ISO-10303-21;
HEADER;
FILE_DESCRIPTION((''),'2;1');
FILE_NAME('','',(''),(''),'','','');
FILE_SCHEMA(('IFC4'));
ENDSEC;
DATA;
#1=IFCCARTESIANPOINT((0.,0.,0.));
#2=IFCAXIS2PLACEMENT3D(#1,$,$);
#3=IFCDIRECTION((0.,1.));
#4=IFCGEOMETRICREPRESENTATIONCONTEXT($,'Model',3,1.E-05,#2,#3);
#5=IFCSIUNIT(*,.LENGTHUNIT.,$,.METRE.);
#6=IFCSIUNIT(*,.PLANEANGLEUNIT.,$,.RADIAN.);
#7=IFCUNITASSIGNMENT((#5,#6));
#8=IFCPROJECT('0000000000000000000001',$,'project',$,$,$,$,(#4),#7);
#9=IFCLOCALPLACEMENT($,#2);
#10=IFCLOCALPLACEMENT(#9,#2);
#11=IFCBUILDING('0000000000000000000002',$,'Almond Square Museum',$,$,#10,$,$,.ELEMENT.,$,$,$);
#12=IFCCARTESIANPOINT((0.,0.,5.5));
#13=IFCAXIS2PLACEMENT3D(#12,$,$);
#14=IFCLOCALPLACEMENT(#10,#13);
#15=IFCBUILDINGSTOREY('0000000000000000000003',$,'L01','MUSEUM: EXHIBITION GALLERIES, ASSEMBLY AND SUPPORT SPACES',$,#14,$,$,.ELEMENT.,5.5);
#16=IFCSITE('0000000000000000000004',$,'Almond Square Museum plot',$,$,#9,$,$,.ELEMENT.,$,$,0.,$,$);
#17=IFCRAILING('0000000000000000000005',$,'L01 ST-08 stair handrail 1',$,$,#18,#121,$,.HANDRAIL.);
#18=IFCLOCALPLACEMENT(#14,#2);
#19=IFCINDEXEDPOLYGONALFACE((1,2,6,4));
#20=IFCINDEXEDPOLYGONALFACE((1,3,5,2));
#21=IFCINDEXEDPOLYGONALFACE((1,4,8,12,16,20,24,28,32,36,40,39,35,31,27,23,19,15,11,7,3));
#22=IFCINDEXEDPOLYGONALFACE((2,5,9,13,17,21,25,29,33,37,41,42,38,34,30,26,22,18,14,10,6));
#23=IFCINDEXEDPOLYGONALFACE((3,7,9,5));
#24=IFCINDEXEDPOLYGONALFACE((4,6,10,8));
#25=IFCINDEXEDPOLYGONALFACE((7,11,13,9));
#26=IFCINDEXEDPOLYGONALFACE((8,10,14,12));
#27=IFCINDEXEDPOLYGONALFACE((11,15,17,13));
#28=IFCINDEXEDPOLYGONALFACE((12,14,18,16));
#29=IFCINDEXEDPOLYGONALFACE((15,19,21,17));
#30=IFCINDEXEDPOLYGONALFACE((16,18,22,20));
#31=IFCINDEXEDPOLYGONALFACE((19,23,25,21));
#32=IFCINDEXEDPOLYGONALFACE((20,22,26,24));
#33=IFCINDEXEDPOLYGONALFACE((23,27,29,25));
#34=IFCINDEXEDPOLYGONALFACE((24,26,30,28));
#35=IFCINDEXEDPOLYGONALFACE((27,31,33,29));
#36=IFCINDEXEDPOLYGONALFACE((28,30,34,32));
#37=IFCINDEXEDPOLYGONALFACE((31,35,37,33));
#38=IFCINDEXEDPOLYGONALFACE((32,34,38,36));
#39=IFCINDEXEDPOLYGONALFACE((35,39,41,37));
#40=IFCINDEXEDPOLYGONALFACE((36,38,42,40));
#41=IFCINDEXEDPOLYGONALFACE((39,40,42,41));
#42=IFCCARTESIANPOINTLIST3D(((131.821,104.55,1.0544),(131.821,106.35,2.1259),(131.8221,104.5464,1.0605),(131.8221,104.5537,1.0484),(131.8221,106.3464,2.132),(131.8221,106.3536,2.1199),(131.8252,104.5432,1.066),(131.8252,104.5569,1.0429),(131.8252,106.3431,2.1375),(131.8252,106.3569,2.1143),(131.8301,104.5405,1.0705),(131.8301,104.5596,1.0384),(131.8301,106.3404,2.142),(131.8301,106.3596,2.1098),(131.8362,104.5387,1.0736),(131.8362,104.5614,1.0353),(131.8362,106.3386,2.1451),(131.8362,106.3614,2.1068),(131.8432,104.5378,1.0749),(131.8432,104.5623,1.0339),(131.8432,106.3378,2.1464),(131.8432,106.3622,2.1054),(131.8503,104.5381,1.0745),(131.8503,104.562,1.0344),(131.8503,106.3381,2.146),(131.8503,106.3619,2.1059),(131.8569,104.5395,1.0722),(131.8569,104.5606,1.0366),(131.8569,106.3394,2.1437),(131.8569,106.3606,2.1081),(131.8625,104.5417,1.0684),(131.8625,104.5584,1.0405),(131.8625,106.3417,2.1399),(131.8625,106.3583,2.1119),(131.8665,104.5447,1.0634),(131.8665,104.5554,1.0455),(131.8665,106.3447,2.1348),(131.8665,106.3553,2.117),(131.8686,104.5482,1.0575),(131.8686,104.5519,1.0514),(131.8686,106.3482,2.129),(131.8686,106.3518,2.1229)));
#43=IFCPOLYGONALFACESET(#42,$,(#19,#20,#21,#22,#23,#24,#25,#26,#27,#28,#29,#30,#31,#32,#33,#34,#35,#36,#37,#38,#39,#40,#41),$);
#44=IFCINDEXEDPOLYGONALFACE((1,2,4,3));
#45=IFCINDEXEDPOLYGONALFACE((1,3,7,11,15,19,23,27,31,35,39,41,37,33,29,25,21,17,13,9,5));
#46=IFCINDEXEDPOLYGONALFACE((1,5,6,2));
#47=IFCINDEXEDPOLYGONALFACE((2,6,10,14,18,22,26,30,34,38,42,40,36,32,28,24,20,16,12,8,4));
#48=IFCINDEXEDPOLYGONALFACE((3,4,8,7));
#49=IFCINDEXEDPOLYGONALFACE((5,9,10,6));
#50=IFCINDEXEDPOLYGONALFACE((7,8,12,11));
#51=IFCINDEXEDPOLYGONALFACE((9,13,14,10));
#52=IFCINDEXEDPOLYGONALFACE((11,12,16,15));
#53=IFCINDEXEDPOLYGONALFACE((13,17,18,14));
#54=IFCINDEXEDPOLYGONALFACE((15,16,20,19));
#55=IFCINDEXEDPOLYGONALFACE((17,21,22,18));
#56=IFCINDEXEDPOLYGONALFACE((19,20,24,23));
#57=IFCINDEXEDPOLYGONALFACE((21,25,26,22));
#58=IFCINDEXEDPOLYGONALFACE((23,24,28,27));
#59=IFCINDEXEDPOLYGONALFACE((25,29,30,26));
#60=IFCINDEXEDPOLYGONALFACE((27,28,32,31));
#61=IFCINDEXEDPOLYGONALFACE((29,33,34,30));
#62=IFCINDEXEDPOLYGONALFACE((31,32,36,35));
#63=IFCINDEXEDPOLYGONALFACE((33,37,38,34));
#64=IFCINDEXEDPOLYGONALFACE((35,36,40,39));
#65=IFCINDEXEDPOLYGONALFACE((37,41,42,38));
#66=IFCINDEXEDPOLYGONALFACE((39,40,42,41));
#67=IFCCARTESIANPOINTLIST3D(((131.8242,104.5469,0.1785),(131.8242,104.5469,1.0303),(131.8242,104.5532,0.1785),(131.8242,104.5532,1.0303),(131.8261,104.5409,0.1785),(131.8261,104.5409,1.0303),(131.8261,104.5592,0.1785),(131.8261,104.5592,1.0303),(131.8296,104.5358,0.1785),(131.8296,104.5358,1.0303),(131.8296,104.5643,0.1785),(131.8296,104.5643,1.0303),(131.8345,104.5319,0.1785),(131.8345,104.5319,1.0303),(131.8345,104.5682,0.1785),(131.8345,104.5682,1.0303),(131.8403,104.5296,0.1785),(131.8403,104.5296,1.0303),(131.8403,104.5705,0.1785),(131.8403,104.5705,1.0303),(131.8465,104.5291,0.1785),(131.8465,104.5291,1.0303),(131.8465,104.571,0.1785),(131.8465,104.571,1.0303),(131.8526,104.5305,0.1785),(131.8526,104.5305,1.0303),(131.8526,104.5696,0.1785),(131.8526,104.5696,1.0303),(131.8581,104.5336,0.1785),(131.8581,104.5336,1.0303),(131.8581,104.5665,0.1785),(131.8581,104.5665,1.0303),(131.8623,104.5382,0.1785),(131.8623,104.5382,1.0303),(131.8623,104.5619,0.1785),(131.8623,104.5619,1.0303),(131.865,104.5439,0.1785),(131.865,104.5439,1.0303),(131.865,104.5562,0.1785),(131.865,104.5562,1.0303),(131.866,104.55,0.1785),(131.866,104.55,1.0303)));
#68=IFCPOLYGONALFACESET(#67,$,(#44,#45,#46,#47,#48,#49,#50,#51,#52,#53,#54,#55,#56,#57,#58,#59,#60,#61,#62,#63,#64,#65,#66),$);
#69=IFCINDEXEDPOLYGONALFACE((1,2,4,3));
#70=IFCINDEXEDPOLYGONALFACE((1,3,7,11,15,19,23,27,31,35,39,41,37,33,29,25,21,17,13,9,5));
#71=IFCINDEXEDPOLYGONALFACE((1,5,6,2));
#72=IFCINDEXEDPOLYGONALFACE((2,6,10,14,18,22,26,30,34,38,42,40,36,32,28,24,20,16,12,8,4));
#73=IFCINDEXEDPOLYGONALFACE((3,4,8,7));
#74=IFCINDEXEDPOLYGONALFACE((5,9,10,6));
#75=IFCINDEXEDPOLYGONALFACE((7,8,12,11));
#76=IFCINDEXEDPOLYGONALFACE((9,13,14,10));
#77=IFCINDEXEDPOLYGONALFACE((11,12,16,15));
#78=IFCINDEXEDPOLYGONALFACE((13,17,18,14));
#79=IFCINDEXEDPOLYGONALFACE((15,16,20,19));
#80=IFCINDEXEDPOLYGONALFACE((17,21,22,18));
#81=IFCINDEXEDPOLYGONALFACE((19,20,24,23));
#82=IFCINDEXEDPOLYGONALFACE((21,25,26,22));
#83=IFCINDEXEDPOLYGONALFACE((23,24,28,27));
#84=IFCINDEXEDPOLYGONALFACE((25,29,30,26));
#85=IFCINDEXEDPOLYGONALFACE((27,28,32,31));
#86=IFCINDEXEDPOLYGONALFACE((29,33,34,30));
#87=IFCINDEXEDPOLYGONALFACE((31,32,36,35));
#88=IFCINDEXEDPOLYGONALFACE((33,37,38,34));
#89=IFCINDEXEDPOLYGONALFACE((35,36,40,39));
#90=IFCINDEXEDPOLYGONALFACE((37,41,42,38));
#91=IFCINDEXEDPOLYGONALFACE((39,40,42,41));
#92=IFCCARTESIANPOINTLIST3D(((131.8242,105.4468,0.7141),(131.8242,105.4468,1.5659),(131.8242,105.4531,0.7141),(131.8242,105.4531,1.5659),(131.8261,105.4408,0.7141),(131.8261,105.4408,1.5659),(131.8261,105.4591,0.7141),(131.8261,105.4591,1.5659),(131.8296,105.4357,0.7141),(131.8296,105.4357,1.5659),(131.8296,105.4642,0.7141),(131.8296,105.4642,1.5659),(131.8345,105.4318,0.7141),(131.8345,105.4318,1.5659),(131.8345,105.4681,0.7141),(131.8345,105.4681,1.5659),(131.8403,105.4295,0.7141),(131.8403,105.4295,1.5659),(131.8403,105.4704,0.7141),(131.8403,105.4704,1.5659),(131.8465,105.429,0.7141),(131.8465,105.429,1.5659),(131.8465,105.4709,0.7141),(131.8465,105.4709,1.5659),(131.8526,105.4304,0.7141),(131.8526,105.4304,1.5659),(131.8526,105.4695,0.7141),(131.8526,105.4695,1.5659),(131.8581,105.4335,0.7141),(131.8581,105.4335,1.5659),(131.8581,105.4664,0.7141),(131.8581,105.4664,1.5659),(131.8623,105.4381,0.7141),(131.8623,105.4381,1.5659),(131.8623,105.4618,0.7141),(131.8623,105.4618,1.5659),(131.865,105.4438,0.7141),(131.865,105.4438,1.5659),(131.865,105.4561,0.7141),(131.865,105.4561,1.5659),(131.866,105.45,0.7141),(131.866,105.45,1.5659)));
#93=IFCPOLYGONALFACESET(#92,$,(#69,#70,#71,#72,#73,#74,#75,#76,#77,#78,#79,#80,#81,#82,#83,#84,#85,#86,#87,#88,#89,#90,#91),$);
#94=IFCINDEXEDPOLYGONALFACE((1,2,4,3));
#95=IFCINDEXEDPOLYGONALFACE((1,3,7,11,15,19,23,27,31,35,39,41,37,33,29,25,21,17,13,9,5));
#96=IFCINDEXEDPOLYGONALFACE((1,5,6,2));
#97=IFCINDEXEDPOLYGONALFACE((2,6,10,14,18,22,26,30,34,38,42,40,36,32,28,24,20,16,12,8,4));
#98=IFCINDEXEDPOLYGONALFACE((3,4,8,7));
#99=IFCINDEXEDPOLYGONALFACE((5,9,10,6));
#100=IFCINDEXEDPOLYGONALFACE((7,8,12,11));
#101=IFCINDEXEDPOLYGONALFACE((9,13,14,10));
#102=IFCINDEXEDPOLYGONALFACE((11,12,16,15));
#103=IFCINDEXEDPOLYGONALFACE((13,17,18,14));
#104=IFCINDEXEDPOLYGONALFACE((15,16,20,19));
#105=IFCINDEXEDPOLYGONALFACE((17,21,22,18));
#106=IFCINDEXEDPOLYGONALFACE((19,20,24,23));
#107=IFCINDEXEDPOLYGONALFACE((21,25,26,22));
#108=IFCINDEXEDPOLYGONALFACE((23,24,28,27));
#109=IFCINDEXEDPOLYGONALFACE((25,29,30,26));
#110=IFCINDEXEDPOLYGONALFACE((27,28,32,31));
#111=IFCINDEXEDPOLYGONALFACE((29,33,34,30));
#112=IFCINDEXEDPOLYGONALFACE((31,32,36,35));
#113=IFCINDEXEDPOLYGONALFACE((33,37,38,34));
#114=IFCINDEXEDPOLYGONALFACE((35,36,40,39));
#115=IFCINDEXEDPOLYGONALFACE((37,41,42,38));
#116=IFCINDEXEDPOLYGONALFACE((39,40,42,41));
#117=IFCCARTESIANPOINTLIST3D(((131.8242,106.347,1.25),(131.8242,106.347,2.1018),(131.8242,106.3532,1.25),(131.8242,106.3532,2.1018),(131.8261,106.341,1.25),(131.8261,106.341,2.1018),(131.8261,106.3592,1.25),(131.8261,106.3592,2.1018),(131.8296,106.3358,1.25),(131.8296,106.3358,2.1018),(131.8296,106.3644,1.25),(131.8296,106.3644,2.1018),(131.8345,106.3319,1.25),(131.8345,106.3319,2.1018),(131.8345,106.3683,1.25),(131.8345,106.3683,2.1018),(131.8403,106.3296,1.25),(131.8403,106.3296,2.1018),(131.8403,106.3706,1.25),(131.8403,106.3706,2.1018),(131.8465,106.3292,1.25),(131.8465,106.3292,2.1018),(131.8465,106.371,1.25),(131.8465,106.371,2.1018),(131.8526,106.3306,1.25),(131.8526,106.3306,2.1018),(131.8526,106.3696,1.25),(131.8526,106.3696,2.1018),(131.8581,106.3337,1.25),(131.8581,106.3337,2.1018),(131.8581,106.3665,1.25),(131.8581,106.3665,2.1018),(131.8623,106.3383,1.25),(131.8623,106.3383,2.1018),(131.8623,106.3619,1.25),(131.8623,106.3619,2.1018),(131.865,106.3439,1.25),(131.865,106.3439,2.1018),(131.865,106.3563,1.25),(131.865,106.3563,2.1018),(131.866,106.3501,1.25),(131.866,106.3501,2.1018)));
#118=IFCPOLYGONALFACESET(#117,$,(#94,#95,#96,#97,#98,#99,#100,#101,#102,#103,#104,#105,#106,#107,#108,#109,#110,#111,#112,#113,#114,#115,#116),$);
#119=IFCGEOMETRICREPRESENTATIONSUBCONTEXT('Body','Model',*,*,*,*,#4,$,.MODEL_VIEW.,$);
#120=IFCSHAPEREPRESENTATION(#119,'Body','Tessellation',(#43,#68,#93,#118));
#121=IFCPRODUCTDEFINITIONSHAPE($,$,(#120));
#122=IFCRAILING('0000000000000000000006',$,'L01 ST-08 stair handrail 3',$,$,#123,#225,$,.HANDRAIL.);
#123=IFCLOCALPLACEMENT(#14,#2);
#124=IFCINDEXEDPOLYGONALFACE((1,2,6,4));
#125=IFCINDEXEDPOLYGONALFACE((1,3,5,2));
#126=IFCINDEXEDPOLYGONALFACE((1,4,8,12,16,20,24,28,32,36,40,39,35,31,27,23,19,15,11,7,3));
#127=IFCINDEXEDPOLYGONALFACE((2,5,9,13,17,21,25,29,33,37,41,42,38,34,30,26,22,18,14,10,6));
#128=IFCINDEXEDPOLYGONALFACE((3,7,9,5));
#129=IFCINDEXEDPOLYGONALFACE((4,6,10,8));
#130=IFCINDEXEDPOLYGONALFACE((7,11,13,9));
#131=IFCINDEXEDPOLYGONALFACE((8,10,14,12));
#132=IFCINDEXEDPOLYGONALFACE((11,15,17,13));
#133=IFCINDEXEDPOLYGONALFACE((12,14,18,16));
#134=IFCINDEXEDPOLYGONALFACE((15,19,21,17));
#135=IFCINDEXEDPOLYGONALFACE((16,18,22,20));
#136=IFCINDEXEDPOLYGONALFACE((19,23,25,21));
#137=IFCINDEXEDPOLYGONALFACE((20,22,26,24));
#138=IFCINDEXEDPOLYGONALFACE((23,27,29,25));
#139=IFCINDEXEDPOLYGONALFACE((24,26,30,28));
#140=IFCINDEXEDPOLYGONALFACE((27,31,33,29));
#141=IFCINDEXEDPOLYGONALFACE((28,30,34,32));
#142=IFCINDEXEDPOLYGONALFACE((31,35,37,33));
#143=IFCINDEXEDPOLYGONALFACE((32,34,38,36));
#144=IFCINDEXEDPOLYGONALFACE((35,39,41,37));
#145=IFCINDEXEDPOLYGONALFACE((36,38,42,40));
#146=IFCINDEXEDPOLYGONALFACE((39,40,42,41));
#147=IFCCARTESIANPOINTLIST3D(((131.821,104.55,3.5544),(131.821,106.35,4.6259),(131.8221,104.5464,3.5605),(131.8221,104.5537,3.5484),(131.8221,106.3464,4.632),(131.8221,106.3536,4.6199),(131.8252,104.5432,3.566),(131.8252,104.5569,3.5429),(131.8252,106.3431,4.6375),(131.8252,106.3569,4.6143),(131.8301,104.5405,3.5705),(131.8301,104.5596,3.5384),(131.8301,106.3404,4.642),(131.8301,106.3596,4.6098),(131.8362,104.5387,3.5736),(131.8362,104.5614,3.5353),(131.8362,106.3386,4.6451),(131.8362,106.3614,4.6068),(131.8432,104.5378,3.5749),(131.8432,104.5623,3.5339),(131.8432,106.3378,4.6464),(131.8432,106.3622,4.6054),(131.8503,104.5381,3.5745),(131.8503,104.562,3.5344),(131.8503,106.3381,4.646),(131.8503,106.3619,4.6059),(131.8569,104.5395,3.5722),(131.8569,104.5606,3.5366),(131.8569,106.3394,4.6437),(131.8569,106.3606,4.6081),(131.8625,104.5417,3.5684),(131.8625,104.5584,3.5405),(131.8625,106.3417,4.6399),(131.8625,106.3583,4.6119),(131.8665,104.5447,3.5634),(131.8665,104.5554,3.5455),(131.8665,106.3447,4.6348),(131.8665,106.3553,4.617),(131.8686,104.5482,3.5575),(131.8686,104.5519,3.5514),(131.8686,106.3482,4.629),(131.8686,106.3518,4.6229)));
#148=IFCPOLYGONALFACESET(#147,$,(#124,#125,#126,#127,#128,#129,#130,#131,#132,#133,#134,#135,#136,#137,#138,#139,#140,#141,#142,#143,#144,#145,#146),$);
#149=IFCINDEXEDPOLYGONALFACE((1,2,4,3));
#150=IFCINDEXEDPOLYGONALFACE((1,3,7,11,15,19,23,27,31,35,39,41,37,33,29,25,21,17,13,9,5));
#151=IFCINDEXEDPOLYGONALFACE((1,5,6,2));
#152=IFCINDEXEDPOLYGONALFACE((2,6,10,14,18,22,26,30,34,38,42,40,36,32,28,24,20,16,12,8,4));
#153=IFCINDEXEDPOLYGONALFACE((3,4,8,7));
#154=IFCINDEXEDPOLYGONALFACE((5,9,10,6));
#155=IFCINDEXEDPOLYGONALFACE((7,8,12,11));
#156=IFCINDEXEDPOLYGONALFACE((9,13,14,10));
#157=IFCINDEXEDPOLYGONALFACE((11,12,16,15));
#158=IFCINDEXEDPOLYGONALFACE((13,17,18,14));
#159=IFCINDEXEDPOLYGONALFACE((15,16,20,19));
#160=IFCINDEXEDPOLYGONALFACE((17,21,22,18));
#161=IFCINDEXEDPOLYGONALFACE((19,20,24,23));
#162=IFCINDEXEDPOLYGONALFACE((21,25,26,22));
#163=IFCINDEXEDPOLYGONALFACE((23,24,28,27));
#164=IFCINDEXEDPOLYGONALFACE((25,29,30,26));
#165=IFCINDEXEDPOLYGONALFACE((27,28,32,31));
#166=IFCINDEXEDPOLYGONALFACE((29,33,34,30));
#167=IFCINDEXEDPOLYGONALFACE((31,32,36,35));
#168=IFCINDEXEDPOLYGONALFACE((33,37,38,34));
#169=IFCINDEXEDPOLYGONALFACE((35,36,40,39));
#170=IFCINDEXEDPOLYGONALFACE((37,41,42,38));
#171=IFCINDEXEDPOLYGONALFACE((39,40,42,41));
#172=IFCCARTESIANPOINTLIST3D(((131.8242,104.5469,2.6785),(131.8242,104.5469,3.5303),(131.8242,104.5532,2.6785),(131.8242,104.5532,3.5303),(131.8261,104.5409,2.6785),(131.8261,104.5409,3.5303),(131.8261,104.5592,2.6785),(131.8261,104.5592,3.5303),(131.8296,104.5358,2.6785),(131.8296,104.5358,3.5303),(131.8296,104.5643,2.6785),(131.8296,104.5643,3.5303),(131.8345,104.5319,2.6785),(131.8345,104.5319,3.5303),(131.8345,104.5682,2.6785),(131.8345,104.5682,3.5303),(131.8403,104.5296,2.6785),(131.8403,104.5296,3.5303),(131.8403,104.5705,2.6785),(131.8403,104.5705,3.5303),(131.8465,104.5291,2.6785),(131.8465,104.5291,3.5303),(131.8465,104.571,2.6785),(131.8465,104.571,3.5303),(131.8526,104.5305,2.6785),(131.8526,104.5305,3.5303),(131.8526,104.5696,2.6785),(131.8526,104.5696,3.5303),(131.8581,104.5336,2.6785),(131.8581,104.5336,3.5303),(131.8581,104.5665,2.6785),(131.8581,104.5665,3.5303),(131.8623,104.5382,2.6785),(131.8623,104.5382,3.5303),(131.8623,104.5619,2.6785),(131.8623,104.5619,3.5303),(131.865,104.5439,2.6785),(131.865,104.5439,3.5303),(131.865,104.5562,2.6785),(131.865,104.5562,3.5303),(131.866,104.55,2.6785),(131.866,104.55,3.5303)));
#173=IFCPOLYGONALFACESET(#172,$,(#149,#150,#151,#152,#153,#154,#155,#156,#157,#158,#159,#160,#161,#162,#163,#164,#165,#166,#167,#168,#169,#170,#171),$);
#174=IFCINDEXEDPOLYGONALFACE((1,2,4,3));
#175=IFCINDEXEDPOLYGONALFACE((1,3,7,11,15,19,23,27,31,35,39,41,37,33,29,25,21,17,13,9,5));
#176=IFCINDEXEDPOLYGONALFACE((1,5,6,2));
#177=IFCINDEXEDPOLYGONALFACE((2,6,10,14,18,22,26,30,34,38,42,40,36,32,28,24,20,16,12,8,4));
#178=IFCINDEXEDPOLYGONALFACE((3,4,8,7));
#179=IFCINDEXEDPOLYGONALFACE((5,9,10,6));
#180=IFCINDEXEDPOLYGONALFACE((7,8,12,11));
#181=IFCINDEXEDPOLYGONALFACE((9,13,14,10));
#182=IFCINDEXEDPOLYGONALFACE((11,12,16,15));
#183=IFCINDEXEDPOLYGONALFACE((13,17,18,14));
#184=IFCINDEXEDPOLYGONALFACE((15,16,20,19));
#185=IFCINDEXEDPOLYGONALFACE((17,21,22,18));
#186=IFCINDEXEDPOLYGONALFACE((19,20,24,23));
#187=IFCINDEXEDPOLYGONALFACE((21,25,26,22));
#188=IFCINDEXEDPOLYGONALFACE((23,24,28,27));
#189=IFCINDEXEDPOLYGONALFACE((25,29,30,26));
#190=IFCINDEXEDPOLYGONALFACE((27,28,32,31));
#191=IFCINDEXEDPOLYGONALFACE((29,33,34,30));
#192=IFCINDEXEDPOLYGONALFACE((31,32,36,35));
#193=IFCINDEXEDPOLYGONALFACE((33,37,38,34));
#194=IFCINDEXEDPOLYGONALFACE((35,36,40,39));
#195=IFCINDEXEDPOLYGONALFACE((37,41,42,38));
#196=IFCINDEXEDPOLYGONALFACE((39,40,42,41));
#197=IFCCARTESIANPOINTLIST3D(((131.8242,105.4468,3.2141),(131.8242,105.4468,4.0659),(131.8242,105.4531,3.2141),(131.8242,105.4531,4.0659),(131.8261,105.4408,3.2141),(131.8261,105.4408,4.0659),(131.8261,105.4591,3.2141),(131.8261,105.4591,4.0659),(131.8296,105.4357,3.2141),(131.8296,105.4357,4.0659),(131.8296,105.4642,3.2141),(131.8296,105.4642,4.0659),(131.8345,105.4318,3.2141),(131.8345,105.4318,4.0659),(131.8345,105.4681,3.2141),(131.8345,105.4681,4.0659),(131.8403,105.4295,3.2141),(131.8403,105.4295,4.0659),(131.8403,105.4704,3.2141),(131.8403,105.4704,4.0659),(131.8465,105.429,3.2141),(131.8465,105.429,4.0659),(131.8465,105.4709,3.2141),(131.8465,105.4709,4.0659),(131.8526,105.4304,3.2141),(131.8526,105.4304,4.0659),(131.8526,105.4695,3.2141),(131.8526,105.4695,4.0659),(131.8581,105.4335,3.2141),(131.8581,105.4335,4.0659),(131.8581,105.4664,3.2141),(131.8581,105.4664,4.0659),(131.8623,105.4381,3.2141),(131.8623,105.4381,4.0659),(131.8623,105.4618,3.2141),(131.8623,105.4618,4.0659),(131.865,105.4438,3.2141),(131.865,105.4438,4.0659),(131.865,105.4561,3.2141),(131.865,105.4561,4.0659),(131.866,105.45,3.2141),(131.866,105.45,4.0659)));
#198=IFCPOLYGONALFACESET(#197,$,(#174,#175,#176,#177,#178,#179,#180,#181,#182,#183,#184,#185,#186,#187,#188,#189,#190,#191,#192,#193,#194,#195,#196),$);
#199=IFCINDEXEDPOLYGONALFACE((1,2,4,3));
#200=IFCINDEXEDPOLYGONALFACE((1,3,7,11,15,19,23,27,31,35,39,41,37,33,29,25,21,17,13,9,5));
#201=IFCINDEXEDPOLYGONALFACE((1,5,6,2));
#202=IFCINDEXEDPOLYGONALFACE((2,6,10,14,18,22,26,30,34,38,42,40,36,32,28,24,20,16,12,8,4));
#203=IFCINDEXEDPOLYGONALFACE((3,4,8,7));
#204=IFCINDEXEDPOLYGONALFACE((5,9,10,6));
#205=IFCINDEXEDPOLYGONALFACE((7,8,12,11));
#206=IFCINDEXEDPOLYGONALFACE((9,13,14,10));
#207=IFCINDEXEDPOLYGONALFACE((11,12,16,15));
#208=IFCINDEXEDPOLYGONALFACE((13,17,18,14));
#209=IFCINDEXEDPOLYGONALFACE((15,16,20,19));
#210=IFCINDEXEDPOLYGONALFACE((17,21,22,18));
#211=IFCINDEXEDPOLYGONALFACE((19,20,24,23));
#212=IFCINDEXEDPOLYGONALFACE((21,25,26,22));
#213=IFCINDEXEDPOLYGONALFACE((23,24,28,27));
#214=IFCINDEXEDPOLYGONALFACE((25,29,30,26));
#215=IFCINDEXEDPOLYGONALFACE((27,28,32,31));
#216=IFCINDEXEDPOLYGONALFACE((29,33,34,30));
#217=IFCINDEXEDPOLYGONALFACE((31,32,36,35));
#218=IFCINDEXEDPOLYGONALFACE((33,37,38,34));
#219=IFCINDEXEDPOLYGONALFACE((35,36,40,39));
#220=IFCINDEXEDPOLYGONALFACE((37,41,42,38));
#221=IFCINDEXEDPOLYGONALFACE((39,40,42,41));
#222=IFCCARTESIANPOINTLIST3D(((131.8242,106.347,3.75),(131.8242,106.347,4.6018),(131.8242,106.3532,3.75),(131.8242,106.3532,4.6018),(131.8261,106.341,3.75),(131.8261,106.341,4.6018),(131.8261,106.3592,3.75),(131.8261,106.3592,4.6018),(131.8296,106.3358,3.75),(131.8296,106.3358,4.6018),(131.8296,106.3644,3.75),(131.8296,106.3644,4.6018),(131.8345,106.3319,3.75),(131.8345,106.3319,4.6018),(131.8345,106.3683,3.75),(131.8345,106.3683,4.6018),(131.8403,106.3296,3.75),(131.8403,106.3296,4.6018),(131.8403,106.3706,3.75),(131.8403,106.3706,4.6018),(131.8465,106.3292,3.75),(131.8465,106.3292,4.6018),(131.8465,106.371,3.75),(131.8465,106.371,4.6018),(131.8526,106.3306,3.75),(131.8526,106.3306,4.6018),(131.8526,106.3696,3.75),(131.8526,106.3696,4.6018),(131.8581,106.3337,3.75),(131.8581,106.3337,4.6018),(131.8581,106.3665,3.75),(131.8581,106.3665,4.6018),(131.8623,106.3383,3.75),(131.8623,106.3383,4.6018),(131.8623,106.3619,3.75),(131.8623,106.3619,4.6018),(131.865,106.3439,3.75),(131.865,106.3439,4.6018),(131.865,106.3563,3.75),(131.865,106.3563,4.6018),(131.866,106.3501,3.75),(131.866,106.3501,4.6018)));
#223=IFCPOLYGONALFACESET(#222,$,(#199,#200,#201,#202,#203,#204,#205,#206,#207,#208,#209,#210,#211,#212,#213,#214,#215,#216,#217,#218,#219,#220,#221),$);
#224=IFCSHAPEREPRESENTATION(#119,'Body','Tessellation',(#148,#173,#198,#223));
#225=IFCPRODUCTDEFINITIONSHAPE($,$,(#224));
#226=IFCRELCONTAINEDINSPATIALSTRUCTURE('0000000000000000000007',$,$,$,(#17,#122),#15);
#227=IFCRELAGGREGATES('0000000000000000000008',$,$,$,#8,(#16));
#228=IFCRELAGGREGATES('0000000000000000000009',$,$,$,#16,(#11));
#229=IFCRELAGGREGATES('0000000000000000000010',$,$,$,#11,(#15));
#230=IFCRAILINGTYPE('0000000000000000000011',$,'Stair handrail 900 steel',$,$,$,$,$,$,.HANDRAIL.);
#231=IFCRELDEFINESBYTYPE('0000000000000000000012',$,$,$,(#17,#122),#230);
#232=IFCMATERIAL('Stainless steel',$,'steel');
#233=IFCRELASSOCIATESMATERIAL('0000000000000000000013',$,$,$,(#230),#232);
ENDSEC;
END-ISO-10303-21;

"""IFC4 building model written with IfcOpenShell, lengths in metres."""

from ifc_helpers import new_model, si_unit, direction, frame, origin, origin_2d, place, context, subcontext, project, spatial, circle, extrude, material, type_object, element, save


model = new_model("IFC4")

# Units and contexts
model_context = context("Model", 3, precision=1e-05, world=origin(), true_north=direction((0.0, 1.0)))
body_context = subcontext(model_context, "Body", "Model", "MODEL_VIEW")
ifc_project = project(units=[si_unit("LENGTHUNIT", "METRE"), si_unit("PLANEANGLEUNIT", "RADIAN")], contexts=[model_context])

# Site, building, storey
site_placement = place(None, origin())
site = spatial("IfcSite", under=ifc_project, at=site_placement, Name="Almond Square Museum plot", CompositionType="ELEMENT", RefElevation=0.0)
building_placement = place(site_placement, origin())
building = spatial("IfcBuilding", under=site, at=building_placement, Name="Almond Square Museum", CompositionType="ELEMENT")
storey_placement = place(building_placement, frame((0.0, 0.0, 5.5)))
storey = spatial("IfcBuildingStorey", under=building, at=storey_placement, Name="L01", Description="MUSEUM: EXHIBITION GALLERIES, ASSEMBLY AND SUPPORT SPACES", CompositionType="ELEMENT", Elevation=5.5)

# Railings
ifc_material_1 = material(Name="Stainless steel", Category="steel")
railing_type_1 = type_object("IfcRailingType", Name="Stair handrail 900 steel", PredefinedType="HANDRAIL", material=ifc_material_1)
for number, where, name in (
    (1, (131.845, 104.55, 0.1785), "L01 ST-08 stair handrail 1"),
    (2, (131.845, 104.55, 2.6785), "L01 ST-08 stair handrail 3"),
):
    element("IfcRailing", number, at=place(storey_placement, frame(where)), inside=storey, type_object=railing_type_1, Name=name, PredefinedType="HANDRAIL", context=body_context, shape_type="SweptSolid", body=[
        extrude(circle(Radius=0.0239, at=origin_2d()), frame((0.0, 0.0, 0.876), z_axis=(0.0, 0.859277, 0.51151), x_axis=(-1.0, 0.0, 0.0)), (0.0, 0.0, 1.0), 2.0947),
        extrude(circle(Radius=0.021, at=origin_2d()), origin(), (0.0, 0.0, 1.0), 0.8518),
        extrude(circle(Radius=0.021, at=origin_2d()), frame((0.0, 0.8999, 0.5356)), (0.0, 0.0, 1.0), 0.8518),
        extrude(circle(Radius=0.021, at=origin_2d()), frame((0.0, 1.8, 1.0715)), (0.0, 0.0, 1.0), 0.8518),
    ])

save(model, "model.ifc")
